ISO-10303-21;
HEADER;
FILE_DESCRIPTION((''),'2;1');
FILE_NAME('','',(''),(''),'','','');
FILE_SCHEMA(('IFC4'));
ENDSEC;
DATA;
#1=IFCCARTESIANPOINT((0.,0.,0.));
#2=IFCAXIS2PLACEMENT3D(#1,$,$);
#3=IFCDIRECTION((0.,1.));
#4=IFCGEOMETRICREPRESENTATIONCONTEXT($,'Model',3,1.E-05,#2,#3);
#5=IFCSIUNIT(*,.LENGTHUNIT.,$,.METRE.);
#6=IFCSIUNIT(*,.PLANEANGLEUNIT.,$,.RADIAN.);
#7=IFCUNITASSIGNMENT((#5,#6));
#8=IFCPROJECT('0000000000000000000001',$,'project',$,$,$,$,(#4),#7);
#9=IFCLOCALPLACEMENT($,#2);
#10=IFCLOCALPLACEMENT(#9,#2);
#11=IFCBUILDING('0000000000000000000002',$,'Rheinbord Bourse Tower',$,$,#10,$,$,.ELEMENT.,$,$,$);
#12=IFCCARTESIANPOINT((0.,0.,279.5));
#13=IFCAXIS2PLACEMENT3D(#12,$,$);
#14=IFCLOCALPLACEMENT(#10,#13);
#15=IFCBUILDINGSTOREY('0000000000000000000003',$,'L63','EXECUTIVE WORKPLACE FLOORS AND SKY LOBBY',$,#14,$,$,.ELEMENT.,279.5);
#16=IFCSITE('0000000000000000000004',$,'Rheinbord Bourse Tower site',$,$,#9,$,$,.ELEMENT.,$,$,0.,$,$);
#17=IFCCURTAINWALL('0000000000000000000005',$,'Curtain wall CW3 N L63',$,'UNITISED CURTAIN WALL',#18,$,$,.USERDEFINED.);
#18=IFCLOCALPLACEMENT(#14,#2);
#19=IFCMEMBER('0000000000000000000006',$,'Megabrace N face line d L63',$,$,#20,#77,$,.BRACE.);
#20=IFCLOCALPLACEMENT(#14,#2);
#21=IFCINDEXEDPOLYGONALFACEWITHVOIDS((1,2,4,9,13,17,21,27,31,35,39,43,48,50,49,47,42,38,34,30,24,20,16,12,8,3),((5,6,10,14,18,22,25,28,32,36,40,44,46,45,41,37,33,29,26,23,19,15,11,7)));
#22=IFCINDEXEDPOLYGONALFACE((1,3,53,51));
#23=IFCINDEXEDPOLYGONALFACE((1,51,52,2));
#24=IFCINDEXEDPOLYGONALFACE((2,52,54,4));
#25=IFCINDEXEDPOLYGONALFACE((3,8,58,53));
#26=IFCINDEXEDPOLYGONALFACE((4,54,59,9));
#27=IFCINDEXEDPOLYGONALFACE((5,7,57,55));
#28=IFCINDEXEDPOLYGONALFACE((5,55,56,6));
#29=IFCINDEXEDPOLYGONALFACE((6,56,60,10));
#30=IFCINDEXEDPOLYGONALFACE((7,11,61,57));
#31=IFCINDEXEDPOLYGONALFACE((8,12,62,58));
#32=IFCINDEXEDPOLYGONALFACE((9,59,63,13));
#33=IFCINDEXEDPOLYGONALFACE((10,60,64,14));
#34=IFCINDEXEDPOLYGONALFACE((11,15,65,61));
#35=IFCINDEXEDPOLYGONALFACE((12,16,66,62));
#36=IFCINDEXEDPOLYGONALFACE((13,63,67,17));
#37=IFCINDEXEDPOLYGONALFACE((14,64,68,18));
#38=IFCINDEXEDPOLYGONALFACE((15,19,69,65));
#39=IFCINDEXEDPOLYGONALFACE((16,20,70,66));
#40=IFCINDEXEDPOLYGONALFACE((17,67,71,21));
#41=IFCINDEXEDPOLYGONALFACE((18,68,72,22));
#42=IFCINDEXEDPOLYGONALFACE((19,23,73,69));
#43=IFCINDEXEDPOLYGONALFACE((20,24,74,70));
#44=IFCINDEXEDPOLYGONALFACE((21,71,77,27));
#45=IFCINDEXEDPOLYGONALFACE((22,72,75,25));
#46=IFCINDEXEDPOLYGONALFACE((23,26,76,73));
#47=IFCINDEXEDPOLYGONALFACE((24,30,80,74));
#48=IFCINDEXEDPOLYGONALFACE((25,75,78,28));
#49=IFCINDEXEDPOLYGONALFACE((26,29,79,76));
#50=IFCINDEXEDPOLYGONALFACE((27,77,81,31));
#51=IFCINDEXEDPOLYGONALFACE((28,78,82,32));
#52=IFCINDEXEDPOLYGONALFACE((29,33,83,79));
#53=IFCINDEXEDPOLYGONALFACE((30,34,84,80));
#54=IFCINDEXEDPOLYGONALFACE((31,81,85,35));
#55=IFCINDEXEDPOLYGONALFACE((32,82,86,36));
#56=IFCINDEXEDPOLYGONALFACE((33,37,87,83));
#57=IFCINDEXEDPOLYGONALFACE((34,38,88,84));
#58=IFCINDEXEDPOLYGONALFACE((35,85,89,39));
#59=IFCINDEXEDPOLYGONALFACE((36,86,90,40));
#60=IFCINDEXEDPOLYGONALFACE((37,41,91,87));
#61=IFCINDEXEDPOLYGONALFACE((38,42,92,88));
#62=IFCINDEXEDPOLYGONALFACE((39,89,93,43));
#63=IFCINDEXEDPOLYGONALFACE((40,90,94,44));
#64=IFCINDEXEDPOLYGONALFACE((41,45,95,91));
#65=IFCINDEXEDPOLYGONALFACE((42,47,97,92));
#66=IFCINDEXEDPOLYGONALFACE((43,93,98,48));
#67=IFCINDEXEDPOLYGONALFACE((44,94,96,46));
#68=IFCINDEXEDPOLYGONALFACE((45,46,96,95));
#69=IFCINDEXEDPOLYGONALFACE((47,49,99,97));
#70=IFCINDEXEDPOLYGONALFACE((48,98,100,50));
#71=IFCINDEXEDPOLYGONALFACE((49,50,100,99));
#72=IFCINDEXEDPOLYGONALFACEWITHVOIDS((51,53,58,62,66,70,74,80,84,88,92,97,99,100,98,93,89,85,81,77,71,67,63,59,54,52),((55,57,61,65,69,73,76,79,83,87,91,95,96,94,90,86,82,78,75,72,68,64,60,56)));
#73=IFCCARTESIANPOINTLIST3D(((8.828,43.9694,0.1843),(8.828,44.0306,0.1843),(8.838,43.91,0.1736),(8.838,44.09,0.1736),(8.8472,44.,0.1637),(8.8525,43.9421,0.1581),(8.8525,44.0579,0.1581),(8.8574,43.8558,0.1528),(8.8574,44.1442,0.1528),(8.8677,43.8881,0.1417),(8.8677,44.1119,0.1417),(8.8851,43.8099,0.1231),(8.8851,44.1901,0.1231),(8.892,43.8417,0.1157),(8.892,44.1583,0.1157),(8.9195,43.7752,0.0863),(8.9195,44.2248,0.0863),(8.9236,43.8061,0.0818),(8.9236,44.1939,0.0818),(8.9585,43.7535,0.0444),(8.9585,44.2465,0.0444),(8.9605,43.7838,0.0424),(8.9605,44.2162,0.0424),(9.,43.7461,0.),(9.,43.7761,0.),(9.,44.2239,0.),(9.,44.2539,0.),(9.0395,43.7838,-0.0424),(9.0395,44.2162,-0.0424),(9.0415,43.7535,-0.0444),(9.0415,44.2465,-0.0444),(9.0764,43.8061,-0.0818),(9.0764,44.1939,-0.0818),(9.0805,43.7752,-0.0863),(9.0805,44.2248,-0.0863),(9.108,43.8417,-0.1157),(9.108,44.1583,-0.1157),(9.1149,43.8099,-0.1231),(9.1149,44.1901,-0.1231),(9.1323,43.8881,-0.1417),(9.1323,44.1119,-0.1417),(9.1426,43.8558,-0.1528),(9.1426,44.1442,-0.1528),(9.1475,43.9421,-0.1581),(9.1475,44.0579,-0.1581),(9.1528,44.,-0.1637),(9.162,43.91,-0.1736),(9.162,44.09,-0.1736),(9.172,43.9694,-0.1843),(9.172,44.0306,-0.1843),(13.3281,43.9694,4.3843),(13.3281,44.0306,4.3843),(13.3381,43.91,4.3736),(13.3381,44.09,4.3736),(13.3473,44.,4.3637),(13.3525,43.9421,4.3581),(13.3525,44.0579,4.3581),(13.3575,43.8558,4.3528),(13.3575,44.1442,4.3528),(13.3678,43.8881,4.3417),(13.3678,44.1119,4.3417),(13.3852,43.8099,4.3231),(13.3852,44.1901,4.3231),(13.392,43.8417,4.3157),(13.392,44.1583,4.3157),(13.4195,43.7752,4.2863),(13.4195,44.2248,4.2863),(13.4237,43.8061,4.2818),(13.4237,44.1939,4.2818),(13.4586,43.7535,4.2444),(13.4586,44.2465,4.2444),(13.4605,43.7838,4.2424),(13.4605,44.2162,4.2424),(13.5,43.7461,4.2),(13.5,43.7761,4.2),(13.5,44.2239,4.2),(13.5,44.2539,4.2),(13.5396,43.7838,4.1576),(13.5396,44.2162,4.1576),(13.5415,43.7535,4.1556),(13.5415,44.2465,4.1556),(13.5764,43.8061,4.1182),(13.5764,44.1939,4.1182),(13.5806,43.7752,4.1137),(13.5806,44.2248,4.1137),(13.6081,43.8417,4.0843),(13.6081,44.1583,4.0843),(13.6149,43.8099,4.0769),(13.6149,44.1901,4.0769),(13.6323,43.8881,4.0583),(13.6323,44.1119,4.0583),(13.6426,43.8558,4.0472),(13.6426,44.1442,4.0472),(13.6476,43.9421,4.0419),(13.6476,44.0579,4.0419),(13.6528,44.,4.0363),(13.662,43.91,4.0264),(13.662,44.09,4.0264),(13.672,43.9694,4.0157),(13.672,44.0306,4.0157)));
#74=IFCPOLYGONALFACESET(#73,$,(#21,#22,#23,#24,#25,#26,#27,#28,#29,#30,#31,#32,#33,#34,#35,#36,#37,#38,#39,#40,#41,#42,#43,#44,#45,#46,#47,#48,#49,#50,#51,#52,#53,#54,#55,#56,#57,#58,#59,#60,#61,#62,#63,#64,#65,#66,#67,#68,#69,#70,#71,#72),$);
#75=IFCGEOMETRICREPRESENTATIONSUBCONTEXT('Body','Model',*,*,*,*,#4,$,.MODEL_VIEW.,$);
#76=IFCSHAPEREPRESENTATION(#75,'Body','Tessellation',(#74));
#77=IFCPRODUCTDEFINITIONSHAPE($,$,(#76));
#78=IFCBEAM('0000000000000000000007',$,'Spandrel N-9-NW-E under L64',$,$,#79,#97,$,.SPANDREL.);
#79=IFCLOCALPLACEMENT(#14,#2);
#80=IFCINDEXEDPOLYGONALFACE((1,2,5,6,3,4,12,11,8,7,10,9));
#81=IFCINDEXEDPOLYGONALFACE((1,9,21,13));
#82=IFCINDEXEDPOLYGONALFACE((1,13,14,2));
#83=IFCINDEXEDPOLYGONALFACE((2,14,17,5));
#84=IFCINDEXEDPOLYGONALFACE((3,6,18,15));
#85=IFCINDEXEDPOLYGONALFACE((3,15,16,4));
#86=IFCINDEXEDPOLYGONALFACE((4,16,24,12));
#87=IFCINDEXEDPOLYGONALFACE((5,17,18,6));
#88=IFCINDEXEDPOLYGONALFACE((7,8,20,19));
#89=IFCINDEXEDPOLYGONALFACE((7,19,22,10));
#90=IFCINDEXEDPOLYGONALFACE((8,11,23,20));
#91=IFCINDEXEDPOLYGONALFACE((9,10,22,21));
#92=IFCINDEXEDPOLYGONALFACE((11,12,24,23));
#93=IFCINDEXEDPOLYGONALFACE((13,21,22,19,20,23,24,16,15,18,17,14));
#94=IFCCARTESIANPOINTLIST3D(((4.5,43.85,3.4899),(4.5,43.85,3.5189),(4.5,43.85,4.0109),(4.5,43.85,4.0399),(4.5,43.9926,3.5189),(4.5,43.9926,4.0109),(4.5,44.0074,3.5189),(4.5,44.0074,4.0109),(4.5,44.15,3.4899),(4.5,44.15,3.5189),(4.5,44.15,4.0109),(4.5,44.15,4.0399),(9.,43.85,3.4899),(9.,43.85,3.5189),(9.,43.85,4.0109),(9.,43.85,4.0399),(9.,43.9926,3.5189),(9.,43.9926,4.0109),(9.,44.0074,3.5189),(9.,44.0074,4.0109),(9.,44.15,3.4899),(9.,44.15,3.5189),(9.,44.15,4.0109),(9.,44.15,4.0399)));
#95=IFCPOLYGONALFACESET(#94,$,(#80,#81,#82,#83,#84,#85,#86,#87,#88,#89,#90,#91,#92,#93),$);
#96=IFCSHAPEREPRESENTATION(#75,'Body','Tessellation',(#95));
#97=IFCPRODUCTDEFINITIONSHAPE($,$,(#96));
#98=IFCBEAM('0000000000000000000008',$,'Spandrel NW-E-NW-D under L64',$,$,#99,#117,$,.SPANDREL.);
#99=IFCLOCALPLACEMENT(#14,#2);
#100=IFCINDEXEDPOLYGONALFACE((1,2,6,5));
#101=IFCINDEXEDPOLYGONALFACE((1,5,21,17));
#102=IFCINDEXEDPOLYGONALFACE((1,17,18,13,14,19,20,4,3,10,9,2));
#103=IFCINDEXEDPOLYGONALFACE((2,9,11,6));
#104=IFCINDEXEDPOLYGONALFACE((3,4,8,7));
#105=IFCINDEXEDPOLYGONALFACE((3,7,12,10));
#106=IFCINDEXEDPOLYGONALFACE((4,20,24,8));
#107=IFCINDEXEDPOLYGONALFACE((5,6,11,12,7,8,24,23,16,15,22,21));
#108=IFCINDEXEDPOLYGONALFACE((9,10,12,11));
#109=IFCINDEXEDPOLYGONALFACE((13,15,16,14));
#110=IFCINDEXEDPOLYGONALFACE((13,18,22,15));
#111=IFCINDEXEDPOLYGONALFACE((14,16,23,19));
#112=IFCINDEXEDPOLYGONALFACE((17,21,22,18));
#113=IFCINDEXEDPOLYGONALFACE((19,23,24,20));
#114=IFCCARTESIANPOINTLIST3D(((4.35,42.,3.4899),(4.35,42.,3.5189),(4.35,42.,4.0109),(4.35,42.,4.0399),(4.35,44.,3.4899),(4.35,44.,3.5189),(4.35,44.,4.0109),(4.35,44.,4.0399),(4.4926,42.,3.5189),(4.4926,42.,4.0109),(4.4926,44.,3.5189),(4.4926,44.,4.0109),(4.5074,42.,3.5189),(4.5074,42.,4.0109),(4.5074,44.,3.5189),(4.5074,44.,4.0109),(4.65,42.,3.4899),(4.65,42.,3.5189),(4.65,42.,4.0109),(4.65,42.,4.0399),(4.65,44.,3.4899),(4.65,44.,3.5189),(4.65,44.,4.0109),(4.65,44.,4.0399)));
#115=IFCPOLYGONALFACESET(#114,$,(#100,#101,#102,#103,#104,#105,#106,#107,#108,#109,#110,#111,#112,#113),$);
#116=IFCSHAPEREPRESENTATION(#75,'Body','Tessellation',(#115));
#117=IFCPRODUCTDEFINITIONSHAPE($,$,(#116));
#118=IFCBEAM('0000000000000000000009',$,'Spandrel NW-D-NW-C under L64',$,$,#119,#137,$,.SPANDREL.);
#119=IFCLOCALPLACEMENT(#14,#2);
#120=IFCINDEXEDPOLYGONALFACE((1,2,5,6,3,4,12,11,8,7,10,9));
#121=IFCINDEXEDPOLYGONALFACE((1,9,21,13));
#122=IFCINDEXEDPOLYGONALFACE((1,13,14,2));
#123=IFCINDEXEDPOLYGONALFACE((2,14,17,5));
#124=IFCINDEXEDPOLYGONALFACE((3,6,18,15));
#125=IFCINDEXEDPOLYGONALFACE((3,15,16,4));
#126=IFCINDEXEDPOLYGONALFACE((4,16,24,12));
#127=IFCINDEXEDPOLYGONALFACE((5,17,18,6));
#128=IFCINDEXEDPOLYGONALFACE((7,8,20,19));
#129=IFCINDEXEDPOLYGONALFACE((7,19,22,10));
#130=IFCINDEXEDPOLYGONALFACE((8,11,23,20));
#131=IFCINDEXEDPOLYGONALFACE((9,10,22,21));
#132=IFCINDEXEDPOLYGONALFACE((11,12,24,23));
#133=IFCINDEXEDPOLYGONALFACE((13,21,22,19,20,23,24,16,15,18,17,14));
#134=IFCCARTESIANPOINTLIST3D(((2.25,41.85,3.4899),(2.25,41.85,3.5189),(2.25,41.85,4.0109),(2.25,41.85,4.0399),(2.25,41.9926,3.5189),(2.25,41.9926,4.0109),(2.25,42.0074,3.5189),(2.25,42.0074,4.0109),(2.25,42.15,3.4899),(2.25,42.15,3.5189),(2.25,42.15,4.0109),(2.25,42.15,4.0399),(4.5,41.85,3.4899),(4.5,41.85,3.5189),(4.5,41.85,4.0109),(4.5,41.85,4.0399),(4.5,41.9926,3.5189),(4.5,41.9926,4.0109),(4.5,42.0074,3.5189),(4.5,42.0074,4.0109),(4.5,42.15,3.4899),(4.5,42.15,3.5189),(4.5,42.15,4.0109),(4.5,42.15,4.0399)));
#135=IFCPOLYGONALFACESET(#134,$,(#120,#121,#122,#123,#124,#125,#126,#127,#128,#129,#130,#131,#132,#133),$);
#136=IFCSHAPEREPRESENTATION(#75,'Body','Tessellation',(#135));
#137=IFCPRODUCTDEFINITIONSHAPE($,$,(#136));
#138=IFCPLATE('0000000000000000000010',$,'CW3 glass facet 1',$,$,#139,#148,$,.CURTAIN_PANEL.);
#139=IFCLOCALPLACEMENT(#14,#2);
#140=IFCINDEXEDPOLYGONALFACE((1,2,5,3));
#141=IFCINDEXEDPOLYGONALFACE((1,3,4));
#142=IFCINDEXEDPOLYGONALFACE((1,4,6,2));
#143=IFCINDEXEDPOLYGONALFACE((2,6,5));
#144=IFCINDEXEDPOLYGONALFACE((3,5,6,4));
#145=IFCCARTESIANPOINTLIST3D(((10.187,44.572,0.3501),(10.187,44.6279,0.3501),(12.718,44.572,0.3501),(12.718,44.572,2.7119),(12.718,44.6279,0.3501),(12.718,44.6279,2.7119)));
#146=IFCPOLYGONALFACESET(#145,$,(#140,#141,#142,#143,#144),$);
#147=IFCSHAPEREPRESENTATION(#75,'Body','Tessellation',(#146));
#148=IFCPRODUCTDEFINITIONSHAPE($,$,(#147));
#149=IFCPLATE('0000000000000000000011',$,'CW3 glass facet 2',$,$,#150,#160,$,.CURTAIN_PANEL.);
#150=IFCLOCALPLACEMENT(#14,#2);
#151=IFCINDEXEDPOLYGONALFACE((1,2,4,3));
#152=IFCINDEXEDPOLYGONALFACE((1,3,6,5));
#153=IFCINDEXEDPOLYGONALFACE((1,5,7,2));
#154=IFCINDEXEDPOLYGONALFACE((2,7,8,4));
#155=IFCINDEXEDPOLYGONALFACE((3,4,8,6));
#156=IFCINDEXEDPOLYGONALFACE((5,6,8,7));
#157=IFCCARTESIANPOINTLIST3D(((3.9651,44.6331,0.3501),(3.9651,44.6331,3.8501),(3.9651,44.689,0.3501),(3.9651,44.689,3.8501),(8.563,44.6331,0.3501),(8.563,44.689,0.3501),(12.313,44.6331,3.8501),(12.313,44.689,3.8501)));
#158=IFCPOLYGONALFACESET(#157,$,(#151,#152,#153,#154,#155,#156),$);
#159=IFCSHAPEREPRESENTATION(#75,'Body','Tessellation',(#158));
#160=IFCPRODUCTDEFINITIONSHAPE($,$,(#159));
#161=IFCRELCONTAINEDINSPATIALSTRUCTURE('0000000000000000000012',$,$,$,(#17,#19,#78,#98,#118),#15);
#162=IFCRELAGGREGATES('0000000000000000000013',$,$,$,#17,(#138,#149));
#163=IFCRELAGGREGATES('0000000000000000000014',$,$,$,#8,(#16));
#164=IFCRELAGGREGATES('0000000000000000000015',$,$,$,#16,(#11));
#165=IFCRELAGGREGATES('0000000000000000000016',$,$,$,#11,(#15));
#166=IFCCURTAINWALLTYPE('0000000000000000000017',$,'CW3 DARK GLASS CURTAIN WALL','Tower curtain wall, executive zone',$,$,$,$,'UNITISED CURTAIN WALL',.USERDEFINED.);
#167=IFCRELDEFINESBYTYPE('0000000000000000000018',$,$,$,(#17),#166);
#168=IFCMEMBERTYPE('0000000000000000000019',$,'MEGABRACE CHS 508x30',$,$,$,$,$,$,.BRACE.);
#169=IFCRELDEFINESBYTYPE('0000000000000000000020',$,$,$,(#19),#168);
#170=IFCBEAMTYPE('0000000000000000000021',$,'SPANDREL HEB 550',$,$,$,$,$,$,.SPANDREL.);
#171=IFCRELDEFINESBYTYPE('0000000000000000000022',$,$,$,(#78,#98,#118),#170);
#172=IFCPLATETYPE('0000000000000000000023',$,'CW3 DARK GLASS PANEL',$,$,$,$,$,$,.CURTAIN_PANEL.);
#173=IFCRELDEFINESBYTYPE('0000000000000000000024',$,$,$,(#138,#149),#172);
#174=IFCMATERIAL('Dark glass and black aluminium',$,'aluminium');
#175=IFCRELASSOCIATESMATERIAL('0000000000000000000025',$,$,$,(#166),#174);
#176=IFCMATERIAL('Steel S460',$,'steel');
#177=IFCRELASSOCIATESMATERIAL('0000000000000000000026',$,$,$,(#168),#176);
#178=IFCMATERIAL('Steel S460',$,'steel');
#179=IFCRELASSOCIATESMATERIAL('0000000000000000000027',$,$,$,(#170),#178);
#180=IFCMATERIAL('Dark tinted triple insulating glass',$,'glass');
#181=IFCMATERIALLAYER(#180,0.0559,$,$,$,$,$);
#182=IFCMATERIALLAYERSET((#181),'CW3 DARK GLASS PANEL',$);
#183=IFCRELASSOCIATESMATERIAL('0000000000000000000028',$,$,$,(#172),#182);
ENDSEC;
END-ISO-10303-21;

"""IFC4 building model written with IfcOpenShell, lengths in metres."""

from ifc_helpers import new_model, si_unit, direction, frame, origin, origin_2d, place, context, subcontext, project, spatial, polyline, hollow_circle, i_section, outline, extrude, material, layer, layer_set, material_profile, profile_set, type_object, element, aggregate, save


model = new_model("IFC4")

# Units and contexts
model_context = context("Model", 3, precision=1e-05, world=origin(), true_north=direction((0.0, 1.0)))
body_context = subcontext(model_context, "Body", "Model", "MODEL_VIEW")
ifc_project = project(units=[si_unit("LENGTHUNIT", "METRE"), si_unit("PLANEANGLEUNIT", "RADIAN")], contexts=[model_context])

# Site, building, storey
site_placement = place(None, origin())
site = spatial("IfcSite", under=ifc_project, at=site_placement, Name="Rheinbord Bourse Tower site", CompositionType="ELEMENT", RefElevation=0.0)
building_placement = place(site_placement, origin())
building = spatial("IfcBuilding", under=site, at=building_placement, Name="Rheinbord Bourse Tower", CompositionType="ELEMENT")
storey_placement = place(building_placement, frame((0.0, 0.0, 279.5)))
storey = spatial("IfcBuildingStorey", under=building, at=storey_placement, Name="L63", Description="EXECUTIVE WORKPLACE FLOORS AND SKY LOBBY", CompositionType="ELEMENT", Elevation=279.5)

# Curtain wall
ifc_material_1 = material(Name="Dark glass and black aluminium", Category="aluminium")
curtain_wall_type = type_object("IfcCurtainWallType", Name="CW3 DARK GLASS CURTAIN WALL", Description="Tower curtain wall, executive zone", ElementType="UNITISED CURTAIN WALL", PredefinedType="USERDEFINED", material=ifc_material_1)
curtain_wall_placement = place(storey_placement, origin())
curtain_wall = element("IfcCurtainWall", 1, at=curtain_wall_placement, inside=storey, type_object=curtain_wall_type, Name="Curtain wall CW3 N L63", ObjectType="UNITISED CURTAIN WALL", PredefinedType="USERDEFINED")

# Member
ifc_material_2 = material(Name="Steel S460", Category="steel")
ifc_material_profile_1 = material_profile(ifc_material_2, hollow_circle(Radius=0.2539, WallThickness=0.03, at=origin_2d()), Name="CHS 508x30")
ifc_profile_set_1 = profile_set([ifc_material_profile_1], Name="Steel S460")
member_type_1 = type_object("IfcMemberType", Name="MEGABRACE CHS 508x30", PredefinedType="BRACE", material=ifc_profile_set_1)
member_1_placement = place(storey_placement, frame((9.0, 44.0, 0.0), z_axis=(0.731059, 0.0, 0.682314), x_axis=(0.0, 1.0, 0.0)))
element("IfcMember", 2, at=member_1_placement, inside=storey, type_object=member_type_1, Name="Megabrace N face line d L63", PredefinedType="BRACE", context=body_context, shape_type="SweptSolid", body=[
    extrude(hollow_circle(Radius=0.2539, WallThickness=0.03, at=origin_2d()), origin(), (0.0, 0.0, 1.0), 6.1555),
])

# Beams
ifc_material_3 = material(Name="Steel S460", Category="steel")
ifc_material_profile_2 = material_profile(ifc_material_3, i_section(OverallWidth=0.3, OverallDepth=0.55, WebThickness=0.0149, FlangeThickness=0.0291, at=origin_2d()), Name="HEB 550")
ifc_profile_set_2 = profile_set([ifc_material_profile_2], Name="Steel S460")
beam_type_1 = type_object("IfcBeamType", Name="SPANDREL HEB 550", PredefinedType="SPANDREL", material=ifc_profile_set_2)
beam_1_placement = place(storey_placement, frame((9.0, 44.0, 3.7649), z_axis=(-1.0, 0.0, 0.0), x_axis=(0.0, -1.0, 0.0)))
element("IfcBeam", 3, at=beam_1_placement, inside=storey, type_object=beam_type_1, Name="Spandrel N-9-NW-E under L64", PredefinedType="SPANDREL", context=body_context, shape_type="SweptSolid", body=[
    extrude(i_section(OverallWidth=0.3, OverallDepth=0.55, WebThickness=0.0149, FlangeThickness=0.0291, at=origin_2d()), origin(), (0.0, 0.0, 1.0), 4.5),
])
beam_2_placement = place(storey_placement, frame((4.5, 44.0, 3.7649), z_axis=(0.0, -1.0, 0.0), x_axis=(1.0, 0.0, 0.0)))
element("IfcBeam", 4, at=beam_2_placement, inside=storey, type_object=beam_type_1, Name="Spandrel NW-E-NW-D under L64", PredefinedType="SPANDREL", context=body_context, shape_type="SweptSolid", body=[
    extrude(i_section(OverallWidth=0.3, OverallDepth=0.55, WebThickness=0.0149, FlangeThickness=0.0291, at=origin_2d()), origin(), (0.0, 0.0, 1.0), 2.0),
])
beam_3_placement = place(storey_placement, frame((4.5, 42.0, 3.7649), z_axis=(-1.0, 0.0, 0.0), x_axis=(0.0, -1.0, 0.0)))
element("IfcBeam", 5, at=beam_3_placement, inside=storey, type_object=beam_type_1, Name="Spandrel NW-D-NW-C under L64", PredefinedType="SPANDREL", context=body_context, shape_type="SweptSolid", body=[
    extrude(i_section(OverallWidth=0.3, OverallDepth=0.55, WebThickness=0.0149, FlangeThickness=0.0291, at=origin_2d()), origin(), (0.0, 0.0, 1.0), 2.25),
])

# Plates
ifc_material_4 = material(Name="Dark tinted triple insulating glass", Category="glass")
ifc_layer_1 = layer(ifc_material_4, 0.0559)
ifc_layer_set_1 = layer_set([ifc_layer_1], Name="CW3 DARK GLASS PANEL")
plate_type = type_object("IfcPlateType", Name="CW3 DARK GLASS PANEL", PredefinedType="CURTAIN_PANEL", material=ifc_layer_set_1)
plate_1_placement = place(storey_placement, frame((12.718, 44.6279, 0.3501), z_axis=(0.0, -1.0, 0.0), x_axis=(0.0, 0.0, 1.0)))
plate_1 = element("IfcPlate", 6, at=plate_1_placement, type_object=plate_type, Name="CW3 glass facet 1", PredefinedType="CURTAIN_PANEL", context=body_context, shape_type="SweptSolid", body=[
    extrude(outline(polyline([(0.0, 0.0), (2.3618, 0.0), (0.0, 2.531), (0.0, 0.0)])), origin(), (0.0, 0.0, 1.0), 0.0559),
])
plate_2_placement = place(storey_placement, frame((3.9651, 44.689, 3.8501), z_axis=(0.0, -1.0, 0.0), x_axis=(0.0, 0.0, -1.0)))
plate_2 = element("IfcPlate", 7, at=plate_2_placement, type_object=plate_type, Name="CW3 glass facet 2", PredefinedType="CURTAIN_PANEL", context=body_context, shape_type="SweptSolid", body=[
    extrude(outline(polyline([(0.0, 0.0), (3.5, 0.0), (3.5, 4.5979), (0.0, 8.3479), (0.0, 0.0)])), origin(), (0.0, 0.0, 1.0), 0.0559),
])
aggregate(curtain_wall, [plate_1, plate_2])

save(model, "model.ifc")
